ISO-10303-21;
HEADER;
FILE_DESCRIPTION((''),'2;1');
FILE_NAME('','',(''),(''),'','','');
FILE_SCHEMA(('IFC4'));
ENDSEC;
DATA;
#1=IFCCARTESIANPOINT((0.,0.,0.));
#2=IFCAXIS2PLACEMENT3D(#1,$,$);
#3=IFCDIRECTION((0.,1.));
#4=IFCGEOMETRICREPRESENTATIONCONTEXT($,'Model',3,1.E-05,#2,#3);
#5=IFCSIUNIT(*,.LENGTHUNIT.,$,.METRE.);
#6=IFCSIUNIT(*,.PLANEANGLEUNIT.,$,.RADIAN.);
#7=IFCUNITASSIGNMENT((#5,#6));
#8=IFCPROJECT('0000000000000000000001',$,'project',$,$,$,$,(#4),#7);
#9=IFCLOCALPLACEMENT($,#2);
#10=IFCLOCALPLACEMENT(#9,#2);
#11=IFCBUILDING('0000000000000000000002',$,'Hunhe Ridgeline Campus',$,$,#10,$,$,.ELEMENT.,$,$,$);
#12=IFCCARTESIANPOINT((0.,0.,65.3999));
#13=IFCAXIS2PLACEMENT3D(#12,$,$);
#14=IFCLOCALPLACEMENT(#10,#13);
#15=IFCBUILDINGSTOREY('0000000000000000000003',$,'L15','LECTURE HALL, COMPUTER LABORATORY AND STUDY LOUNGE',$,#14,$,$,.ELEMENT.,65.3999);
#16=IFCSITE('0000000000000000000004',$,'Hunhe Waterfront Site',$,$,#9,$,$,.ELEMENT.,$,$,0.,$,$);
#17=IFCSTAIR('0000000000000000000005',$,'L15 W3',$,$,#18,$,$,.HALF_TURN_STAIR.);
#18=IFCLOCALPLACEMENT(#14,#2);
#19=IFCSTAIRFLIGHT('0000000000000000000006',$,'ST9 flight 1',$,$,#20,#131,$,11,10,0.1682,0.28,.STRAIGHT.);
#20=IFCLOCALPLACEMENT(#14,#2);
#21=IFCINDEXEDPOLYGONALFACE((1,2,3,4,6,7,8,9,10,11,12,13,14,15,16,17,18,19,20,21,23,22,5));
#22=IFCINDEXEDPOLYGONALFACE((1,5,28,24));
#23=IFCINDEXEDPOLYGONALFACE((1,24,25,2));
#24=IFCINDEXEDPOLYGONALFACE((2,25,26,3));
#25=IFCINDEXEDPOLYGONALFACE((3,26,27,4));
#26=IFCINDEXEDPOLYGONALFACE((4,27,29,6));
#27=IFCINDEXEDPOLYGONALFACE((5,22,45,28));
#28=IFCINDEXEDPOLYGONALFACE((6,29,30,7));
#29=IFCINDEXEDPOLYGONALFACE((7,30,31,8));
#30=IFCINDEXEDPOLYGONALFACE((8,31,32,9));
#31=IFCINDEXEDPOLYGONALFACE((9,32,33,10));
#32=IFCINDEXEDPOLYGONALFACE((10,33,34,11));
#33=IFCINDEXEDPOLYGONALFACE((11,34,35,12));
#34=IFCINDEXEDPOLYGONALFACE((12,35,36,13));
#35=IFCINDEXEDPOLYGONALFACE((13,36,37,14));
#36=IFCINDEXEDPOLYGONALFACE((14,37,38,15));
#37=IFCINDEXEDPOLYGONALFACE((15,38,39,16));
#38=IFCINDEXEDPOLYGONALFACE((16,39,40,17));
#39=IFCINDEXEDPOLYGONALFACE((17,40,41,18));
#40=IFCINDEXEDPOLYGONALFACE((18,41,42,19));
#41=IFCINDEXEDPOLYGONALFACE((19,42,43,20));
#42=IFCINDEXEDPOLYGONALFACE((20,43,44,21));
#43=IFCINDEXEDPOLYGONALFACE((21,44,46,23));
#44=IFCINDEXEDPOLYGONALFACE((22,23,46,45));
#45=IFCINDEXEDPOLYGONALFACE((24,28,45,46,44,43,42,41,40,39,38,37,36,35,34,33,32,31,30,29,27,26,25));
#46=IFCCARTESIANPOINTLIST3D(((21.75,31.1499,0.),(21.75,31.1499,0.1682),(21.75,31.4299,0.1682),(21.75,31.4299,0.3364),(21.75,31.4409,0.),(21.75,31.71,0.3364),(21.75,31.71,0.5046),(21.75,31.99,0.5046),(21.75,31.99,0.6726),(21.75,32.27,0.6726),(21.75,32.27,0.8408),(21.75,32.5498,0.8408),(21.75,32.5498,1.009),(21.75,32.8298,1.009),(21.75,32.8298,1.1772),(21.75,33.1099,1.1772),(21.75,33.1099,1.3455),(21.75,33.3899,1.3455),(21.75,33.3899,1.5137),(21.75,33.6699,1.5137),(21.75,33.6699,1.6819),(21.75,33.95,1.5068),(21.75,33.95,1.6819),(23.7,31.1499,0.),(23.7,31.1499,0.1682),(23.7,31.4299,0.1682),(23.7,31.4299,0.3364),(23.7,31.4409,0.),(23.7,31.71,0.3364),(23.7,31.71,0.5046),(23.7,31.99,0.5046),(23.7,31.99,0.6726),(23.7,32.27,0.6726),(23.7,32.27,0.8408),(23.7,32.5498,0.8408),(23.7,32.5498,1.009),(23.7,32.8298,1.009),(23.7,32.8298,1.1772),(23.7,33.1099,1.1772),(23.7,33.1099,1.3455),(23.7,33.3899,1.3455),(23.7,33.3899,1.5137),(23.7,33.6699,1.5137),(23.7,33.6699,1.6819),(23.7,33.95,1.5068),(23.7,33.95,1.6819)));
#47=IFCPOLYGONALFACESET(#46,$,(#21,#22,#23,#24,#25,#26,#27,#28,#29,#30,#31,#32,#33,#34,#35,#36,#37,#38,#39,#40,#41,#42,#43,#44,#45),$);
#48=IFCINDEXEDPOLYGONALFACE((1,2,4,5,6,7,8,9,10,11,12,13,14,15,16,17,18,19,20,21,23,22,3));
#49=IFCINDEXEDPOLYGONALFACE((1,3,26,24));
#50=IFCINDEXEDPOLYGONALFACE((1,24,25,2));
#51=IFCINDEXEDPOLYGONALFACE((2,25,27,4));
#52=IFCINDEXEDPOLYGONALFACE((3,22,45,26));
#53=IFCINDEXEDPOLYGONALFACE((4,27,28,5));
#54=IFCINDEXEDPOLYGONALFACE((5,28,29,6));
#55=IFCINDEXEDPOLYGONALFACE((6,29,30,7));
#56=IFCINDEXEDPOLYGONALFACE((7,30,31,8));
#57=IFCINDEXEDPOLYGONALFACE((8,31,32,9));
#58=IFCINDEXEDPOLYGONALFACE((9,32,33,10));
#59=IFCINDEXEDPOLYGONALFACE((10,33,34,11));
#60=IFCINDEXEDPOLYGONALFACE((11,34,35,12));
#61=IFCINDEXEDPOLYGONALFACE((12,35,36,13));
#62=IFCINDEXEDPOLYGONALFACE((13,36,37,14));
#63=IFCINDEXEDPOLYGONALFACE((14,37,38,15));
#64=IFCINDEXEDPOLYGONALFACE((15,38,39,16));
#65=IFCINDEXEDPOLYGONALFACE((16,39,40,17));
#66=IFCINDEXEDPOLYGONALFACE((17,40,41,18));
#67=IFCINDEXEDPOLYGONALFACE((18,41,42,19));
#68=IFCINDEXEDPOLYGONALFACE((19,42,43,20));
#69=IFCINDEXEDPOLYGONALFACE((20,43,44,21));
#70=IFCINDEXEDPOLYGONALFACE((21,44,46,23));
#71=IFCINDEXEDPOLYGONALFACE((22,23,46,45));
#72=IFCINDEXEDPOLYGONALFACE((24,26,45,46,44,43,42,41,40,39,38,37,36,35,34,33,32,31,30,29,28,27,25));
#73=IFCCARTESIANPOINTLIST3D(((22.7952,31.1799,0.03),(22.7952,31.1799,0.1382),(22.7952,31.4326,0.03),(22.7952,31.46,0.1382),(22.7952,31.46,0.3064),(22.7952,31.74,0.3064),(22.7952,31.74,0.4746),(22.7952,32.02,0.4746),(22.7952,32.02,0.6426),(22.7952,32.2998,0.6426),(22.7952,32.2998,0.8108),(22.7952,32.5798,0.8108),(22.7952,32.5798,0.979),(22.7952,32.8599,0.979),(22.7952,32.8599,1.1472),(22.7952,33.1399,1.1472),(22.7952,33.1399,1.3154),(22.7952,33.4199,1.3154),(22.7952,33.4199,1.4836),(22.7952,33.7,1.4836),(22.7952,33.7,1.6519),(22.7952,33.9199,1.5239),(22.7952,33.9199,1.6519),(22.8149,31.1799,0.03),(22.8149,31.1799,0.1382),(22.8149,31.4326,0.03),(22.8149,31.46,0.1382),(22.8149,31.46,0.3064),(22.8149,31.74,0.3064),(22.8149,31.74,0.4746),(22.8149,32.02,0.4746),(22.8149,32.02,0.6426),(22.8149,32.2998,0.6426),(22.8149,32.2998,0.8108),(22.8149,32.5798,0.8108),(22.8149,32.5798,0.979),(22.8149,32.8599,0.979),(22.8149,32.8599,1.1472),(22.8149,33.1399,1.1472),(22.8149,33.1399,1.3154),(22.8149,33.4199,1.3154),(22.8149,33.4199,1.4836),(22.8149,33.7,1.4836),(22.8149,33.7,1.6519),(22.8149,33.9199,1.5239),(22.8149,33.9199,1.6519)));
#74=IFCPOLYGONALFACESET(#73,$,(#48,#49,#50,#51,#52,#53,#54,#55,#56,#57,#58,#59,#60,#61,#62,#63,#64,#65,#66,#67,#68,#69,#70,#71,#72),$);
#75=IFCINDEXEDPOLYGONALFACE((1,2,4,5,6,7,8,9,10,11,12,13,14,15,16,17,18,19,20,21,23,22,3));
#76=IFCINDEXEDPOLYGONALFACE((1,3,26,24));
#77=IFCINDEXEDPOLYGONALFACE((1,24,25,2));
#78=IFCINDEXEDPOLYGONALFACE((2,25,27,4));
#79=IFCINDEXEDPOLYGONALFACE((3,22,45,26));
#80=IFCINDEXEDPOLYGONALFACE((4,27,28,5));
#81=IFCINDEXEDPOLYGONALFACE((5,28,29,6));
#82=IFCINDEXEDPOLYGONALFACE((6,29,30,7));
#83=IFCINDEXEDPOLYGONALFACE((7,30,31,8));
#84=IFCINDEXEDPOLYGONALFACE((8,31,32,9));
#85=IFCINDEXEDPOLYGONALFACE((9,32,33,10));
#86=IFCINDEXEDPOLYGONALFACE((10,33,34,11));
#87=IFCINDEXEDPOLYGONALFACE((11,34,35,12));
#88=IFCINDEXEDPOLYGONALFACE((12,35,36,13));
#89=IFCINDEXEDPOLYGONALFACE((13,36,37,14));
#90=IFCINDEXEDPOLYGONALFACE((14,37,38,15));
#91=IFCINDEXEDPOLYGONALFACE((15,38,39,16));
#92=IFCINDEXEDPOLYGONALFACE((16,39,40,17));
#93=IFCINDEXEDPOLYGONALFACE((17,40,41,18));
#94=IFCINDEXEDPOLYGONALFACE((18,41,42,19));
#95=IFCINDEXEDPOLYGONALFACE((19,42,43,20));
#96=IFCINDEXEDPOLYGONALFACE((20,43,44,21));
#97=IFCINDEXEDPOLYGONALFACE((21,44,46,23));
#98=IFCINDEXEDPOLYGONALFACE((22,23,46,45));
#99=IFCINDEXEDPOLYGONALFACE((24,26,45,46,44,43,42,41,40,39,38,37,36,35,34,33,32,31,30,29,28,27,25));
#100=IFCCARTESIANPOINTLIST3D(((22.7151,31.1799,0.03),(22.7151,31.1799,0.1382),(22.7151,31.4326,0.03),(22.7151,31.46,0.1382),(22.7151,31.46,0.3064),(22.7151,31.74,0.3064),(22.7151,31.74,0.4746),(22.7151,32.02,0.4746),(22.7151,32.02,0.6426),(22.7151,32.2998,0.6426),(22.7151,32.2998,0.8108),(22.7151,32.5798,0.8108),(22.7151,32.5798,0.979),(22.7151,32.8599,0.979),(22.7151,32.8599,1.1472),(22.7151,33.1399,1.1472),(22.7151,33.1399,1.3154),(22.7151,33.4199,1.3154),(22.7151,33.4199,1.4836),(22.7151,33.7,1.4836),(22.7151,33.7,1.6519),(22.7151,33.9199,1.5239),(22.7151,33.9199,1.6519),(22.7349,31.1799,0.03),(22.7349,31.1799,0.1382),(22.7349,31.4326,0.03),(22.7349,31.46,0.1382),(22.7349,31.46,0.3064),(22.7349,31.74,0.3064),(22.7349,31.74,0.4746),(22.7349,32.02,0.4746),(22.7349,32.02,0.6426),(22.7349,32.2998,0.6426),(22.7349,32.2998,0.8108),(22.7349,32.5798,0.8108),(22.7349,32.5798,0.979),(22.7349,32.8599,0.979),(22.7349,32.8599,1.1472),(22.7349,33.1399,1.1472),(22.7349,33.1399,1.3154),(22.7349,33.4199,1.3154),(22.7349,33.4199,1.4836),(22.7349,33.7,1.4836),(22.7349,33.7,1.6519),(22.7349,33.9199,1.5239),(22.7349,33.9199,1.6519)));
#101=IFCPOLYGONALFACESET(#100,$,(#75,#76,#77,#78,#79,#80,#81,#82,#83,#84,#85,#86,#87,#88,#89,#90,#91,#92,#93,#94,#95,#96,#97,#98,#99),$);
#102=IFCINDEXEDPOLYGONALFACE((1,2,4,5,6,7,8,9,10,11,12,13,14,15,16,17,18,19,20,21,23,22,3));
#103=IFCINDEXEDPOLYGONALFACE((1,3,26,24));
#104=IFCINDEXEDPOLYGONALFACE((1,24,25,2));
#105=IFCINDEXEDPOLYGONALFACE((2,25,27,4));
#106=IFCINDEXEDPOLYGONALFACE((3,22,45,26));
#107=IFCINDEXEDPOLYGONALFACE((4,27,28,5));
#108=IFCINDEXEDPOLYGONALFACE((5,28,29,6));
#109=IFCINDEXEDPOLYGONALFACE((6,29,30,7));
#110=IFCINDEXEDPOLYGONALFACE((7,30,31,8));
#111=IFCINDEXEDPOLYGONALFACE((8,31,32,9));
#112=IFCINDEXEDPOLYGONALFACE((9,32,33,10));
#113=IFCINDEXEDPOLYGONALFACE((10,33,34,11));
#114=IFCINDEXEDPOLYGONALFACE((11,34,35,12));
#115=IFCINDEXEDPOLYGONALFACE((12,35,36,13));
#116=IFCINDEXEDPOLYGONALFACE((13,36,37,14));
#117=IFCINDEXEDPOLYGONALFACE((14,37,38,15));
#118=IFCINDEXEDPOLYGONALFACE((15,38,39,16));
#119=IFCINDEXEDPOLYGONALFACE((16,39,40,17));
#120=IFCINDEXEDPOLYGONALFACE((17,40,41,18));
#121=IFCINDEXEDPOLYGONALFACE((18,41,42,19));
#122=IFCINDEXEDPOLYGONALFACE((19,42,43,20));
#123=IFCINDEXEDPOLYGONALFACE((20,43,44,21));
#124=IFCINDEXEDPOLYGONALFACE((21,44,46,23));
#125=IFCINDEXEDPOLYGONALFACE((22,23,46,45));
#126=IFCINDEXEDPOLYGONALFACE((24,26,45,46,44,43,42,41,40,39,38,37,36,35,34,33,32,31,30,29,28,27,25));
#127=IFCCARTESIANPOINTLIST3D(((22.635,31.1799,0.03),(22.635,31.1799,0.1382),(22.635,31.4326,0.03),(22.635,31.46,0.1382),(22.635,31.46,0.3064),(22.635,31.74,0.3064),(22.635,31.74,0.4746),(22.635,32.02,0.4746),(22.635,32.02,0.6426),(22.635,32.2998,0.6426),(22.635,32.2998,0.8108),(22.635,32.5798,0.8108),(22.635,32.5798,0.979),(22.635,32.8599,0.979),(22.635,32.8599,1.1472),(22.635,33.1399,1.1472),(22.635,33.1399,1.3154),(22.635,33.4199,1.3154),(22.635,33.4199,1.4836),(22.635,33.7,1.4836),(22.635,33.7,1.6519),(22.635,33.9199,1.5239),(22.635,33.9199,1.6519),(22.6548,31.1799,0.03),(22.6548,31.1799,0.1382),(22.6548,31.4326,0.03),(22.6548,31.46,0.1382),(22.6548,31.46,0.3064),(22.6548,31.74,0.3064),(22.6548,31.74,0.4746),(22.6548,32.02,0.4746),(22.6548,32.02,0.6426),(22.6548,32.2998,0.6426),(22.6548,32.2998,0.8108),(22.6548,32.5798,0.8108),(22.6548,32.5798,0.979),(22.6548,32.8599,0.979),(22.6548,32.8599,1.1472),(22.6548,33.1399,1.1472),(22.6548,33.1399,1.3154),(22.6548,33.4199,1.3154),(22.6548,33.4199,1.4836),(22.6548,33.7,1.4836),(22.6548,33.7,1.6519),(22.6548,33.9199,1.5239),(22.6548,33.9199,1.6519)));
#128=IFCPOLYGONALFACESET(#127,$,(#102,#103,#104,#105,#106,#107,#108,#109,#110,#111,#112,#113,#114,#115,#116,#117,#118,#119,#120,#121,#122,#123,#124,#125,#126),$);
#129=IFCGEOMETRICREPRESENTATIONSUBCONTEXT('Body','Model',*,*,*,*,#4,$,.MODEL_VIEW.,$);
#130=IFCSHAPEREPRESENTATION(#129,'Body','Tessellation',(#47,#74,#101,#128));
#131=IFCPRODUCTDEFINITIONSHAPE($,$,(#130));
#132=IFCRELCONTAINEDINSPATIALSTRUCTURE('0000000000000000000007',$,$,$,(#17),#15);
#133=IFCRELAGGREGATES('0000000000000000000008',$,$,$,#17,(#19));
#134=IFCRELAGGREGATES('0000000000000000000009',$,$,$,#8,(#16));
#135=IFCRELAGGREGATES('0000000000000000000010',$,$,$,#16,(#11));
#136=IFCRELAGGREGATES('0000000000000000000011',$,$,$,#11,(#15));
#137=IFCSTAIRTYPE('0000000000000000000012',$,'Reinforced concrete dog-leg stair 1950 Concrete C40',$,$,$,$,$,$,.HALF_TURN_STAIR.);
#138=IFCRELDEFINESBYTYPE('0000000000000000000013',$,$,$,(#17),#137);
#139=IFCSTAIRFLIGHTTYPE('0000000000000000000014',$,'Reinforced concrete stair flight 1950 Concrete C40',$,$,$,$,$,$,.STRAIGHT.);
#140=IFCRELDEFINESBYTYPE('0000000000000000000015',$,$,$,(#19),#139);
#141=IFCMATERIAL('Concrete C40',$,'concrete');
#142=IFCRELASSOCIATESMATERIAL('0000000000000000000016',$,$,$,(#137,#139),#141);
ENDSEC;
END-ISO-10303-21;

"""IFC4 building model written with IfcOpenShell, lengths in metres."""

from ifc_helpers import new_model, si_unit, direction, frame, origin, place, context, subcontext, project, spatial, polyline, outline, extrude, material, type_object, element, aggregate, save


model = new_model("IFC4")

# Units and contexts
model_context = context("Model", 3, precision=1e-05, world=origin(), true_north=direction((0.0, 1.0)))
body_context = subcontext(model_context, "Body", "Model", "MODEL_VIEW")
ifc_project = project(units=[si_unit("LENGTHUNIT", "METRE"), si_unit("PLANEANGLEUNIT", "RADIAN")], contexts=[model_context])

# Site, building, storey
site_placement = place(None, origin())
site = spatial("IfcSite", under=ifc_project, at=site_placement, Name="Hunhe Waterfront Site", CompositionType="ELEMENT", RefElevation=0.0)
building_placement = place(site_placement, origin())
building = spatial("IfcBuilding", under=site, at=building_placement, Name="Hunhe Ridgeline Campus", CompositionType="ELEMENT")
storey_placement = place(building_placement, frame((0.0, 0.0, 65.3999)))
storey = spatial("IfcBuildingStorey", under=building, at=storey_placement, Name="L15", Description="LECTURE HALL, COMPUTER LABORATORY AND STUDY LOUNGE", CompositionType="ELEMENT", Elevation=65.3999)

# Stair, stair flight
ifc_material_1 = material(Name="Concrete C40", Category="concrete")
stair_type = type_object("IfcStairType", Name="Reinforced concrete dog-leg stair 1950 Concrete C40", PredefinedType="HALF_TURN_STAIR", material=ifc_material_1)
stair_placement = place(storey_placement, origin())
stair = element("IfcStair", 1, at=stair_placement, inside=storey, type_object=stair_type, Name="L15 W3", PredefinedType="HALF_TURN_STAIR")
stair_flight_type = type_object("IfcStairFlightType", Name="Reinforced concrete stair flight 1950 Concrete C40", PredefinedType="STRAIGHT", material=ifc_material_1)
stair_flight_1_placement = place(storey_placement, frame((22.7251, 31.1499, 0.0), z_axis=(0.0, 0.0, 1.0), x_axis=(0.0, 1.0, 0.0)))
stair_flight_1 = element("IfcStairFlight", 2, at=stair_flight_1_placement, type_object=stair_flight_type, Name="ST9 flight 1", NumberOfRisers=11, NumberOfTreads=10, PredefinedType="STRAIGHT", RiserHeight=0.1682, TreadLength=0.28, context=body_context, shape_type="SweptSolid", body=[
    extrude(outline(polyline([(0.0, 0.0), (0.0, 0.1682), (0.28, 0.1682), (0.28, 0.3364), (0.5601, 0.3364), (0.5601, 0.5046), (0.8401, 0.5046), (0.8401, 0.6726), (1.1201, 0.6726), (1.1201, 0.8408), (1.3999, 0.8408), (1.3999, 1.009), (1.6799, 1.009), (1.6799, 1.1772), (1.96, 1.1772), (1.96, 1.3455), (2.24, 1.3455), (2.24, 1.5137), (2.52, 1.5137), (2.52, 1.6819), (2.8, 1.6819), (2.8, 1.8501), (2.8, 1.5068), (0.291, 0.0), (0.0, 0.0)])), frame((0.0, 0.9751, 0.0), z_axis=(0.0, -1.0, 0.0), x_axis=(1.0, 0.0, 0.0)), (0.0, 0.0, 1.0), 1.95),
    extrude(outline(polyline([(0.03, 0.03), (0.03, 0.1382), (0.3101, 0.1382), (0.3101, 0.3064), (0.5901, 0.3064), (0.5901, 0.4746), (0.8701, 0.4746), (0.8701, 0.6426), (1.1499, 0.6426), (1.1499, 0.8108), (1.4299, 0.8108), (1.4299, 0.979), (1.71, 0.979), (1.71, 1.1472), (1.99, 1.1472), (1.99, 1.3154), (2.27, 1.3154), (2.27, 1.4836), (2.55, 1.4836), (2.55, 1.6519), (2.77, 1.6519), (2.77, 1.5239), (0.2827, 0.03), (0.03, 0.03)])), frame((0.0, -0.0701, 0.0), z_axis=(0.0, -1.0, 0.0), x_axis=(1.0, 0.0, 0.0)), (0.0, 0.0, 1.0), 0.0198),
    extrude(outline(polyline([(0.03, 0.03), (0.03, 0.1382), (0.3101, 0.1382), (0.3101, 0.3064), (0.5901, 0.3064), (0.5901, 0.4746), (0.8701, 0.4746), (0.8701, 0.6426), (1.1499, 0.6426), (1.1499, 0.8108), (1.4299, 0.8108), (1.4299, 0.979), (1.71, 0.979), (1.71, 1.1472), (1.99, 1.1472), (1.99, 1.3154), (2.27, 1.3154), (2.27, 1.4836), (2.55, 1.4836), (2.55, 1.6519), (2.77, 1.6519), (2.77, 1.5239), (0.2827, 0.03), (0.03, 0.03)])), frame((0.0, 0.01, 0.0), z_axis=(0.0, -1.0, 0.0), x_axis=(1.0, 0.0, 0.0)), (0.0, 0.0, 1.0), 0.0198),
    extrude(outline(polyline([(0.03, 0.03), (0.03, 0.1382), (0.3101, 0.1382), (0.3101, 0.3064), (0.5901, 0.3064), (0.5901, 0.4746), (0.8701, 0.4746), (0.8701, 0.6426), (1.1499, 0.6426), (1.1499, 0.8108), (1.4299, 0.8108), (1.4299, 0.979), (1.71, 0.979), (1.71, 1.1472), (1.99, 1.1472), (1.99, 1.3154), (2.27, 1.3154), (2.27, 1.4836), (2.55, 1.4836), (2.55, 1.6519), (2.77, 1.6519), (2.77, 1.5239), (0.2827, 0.03), (0.03, 0.03)])), frame((0.0, 0.0901, 0.0), z_axis=(0.0, -1.0, 0.0), x_axis=(1.0, 0.0, 0.0)), (0.0, 0.0, 1.0), 0.0198),
])
aggregate(stair, [stair_flight_1])

save(model, "model.ifc")
